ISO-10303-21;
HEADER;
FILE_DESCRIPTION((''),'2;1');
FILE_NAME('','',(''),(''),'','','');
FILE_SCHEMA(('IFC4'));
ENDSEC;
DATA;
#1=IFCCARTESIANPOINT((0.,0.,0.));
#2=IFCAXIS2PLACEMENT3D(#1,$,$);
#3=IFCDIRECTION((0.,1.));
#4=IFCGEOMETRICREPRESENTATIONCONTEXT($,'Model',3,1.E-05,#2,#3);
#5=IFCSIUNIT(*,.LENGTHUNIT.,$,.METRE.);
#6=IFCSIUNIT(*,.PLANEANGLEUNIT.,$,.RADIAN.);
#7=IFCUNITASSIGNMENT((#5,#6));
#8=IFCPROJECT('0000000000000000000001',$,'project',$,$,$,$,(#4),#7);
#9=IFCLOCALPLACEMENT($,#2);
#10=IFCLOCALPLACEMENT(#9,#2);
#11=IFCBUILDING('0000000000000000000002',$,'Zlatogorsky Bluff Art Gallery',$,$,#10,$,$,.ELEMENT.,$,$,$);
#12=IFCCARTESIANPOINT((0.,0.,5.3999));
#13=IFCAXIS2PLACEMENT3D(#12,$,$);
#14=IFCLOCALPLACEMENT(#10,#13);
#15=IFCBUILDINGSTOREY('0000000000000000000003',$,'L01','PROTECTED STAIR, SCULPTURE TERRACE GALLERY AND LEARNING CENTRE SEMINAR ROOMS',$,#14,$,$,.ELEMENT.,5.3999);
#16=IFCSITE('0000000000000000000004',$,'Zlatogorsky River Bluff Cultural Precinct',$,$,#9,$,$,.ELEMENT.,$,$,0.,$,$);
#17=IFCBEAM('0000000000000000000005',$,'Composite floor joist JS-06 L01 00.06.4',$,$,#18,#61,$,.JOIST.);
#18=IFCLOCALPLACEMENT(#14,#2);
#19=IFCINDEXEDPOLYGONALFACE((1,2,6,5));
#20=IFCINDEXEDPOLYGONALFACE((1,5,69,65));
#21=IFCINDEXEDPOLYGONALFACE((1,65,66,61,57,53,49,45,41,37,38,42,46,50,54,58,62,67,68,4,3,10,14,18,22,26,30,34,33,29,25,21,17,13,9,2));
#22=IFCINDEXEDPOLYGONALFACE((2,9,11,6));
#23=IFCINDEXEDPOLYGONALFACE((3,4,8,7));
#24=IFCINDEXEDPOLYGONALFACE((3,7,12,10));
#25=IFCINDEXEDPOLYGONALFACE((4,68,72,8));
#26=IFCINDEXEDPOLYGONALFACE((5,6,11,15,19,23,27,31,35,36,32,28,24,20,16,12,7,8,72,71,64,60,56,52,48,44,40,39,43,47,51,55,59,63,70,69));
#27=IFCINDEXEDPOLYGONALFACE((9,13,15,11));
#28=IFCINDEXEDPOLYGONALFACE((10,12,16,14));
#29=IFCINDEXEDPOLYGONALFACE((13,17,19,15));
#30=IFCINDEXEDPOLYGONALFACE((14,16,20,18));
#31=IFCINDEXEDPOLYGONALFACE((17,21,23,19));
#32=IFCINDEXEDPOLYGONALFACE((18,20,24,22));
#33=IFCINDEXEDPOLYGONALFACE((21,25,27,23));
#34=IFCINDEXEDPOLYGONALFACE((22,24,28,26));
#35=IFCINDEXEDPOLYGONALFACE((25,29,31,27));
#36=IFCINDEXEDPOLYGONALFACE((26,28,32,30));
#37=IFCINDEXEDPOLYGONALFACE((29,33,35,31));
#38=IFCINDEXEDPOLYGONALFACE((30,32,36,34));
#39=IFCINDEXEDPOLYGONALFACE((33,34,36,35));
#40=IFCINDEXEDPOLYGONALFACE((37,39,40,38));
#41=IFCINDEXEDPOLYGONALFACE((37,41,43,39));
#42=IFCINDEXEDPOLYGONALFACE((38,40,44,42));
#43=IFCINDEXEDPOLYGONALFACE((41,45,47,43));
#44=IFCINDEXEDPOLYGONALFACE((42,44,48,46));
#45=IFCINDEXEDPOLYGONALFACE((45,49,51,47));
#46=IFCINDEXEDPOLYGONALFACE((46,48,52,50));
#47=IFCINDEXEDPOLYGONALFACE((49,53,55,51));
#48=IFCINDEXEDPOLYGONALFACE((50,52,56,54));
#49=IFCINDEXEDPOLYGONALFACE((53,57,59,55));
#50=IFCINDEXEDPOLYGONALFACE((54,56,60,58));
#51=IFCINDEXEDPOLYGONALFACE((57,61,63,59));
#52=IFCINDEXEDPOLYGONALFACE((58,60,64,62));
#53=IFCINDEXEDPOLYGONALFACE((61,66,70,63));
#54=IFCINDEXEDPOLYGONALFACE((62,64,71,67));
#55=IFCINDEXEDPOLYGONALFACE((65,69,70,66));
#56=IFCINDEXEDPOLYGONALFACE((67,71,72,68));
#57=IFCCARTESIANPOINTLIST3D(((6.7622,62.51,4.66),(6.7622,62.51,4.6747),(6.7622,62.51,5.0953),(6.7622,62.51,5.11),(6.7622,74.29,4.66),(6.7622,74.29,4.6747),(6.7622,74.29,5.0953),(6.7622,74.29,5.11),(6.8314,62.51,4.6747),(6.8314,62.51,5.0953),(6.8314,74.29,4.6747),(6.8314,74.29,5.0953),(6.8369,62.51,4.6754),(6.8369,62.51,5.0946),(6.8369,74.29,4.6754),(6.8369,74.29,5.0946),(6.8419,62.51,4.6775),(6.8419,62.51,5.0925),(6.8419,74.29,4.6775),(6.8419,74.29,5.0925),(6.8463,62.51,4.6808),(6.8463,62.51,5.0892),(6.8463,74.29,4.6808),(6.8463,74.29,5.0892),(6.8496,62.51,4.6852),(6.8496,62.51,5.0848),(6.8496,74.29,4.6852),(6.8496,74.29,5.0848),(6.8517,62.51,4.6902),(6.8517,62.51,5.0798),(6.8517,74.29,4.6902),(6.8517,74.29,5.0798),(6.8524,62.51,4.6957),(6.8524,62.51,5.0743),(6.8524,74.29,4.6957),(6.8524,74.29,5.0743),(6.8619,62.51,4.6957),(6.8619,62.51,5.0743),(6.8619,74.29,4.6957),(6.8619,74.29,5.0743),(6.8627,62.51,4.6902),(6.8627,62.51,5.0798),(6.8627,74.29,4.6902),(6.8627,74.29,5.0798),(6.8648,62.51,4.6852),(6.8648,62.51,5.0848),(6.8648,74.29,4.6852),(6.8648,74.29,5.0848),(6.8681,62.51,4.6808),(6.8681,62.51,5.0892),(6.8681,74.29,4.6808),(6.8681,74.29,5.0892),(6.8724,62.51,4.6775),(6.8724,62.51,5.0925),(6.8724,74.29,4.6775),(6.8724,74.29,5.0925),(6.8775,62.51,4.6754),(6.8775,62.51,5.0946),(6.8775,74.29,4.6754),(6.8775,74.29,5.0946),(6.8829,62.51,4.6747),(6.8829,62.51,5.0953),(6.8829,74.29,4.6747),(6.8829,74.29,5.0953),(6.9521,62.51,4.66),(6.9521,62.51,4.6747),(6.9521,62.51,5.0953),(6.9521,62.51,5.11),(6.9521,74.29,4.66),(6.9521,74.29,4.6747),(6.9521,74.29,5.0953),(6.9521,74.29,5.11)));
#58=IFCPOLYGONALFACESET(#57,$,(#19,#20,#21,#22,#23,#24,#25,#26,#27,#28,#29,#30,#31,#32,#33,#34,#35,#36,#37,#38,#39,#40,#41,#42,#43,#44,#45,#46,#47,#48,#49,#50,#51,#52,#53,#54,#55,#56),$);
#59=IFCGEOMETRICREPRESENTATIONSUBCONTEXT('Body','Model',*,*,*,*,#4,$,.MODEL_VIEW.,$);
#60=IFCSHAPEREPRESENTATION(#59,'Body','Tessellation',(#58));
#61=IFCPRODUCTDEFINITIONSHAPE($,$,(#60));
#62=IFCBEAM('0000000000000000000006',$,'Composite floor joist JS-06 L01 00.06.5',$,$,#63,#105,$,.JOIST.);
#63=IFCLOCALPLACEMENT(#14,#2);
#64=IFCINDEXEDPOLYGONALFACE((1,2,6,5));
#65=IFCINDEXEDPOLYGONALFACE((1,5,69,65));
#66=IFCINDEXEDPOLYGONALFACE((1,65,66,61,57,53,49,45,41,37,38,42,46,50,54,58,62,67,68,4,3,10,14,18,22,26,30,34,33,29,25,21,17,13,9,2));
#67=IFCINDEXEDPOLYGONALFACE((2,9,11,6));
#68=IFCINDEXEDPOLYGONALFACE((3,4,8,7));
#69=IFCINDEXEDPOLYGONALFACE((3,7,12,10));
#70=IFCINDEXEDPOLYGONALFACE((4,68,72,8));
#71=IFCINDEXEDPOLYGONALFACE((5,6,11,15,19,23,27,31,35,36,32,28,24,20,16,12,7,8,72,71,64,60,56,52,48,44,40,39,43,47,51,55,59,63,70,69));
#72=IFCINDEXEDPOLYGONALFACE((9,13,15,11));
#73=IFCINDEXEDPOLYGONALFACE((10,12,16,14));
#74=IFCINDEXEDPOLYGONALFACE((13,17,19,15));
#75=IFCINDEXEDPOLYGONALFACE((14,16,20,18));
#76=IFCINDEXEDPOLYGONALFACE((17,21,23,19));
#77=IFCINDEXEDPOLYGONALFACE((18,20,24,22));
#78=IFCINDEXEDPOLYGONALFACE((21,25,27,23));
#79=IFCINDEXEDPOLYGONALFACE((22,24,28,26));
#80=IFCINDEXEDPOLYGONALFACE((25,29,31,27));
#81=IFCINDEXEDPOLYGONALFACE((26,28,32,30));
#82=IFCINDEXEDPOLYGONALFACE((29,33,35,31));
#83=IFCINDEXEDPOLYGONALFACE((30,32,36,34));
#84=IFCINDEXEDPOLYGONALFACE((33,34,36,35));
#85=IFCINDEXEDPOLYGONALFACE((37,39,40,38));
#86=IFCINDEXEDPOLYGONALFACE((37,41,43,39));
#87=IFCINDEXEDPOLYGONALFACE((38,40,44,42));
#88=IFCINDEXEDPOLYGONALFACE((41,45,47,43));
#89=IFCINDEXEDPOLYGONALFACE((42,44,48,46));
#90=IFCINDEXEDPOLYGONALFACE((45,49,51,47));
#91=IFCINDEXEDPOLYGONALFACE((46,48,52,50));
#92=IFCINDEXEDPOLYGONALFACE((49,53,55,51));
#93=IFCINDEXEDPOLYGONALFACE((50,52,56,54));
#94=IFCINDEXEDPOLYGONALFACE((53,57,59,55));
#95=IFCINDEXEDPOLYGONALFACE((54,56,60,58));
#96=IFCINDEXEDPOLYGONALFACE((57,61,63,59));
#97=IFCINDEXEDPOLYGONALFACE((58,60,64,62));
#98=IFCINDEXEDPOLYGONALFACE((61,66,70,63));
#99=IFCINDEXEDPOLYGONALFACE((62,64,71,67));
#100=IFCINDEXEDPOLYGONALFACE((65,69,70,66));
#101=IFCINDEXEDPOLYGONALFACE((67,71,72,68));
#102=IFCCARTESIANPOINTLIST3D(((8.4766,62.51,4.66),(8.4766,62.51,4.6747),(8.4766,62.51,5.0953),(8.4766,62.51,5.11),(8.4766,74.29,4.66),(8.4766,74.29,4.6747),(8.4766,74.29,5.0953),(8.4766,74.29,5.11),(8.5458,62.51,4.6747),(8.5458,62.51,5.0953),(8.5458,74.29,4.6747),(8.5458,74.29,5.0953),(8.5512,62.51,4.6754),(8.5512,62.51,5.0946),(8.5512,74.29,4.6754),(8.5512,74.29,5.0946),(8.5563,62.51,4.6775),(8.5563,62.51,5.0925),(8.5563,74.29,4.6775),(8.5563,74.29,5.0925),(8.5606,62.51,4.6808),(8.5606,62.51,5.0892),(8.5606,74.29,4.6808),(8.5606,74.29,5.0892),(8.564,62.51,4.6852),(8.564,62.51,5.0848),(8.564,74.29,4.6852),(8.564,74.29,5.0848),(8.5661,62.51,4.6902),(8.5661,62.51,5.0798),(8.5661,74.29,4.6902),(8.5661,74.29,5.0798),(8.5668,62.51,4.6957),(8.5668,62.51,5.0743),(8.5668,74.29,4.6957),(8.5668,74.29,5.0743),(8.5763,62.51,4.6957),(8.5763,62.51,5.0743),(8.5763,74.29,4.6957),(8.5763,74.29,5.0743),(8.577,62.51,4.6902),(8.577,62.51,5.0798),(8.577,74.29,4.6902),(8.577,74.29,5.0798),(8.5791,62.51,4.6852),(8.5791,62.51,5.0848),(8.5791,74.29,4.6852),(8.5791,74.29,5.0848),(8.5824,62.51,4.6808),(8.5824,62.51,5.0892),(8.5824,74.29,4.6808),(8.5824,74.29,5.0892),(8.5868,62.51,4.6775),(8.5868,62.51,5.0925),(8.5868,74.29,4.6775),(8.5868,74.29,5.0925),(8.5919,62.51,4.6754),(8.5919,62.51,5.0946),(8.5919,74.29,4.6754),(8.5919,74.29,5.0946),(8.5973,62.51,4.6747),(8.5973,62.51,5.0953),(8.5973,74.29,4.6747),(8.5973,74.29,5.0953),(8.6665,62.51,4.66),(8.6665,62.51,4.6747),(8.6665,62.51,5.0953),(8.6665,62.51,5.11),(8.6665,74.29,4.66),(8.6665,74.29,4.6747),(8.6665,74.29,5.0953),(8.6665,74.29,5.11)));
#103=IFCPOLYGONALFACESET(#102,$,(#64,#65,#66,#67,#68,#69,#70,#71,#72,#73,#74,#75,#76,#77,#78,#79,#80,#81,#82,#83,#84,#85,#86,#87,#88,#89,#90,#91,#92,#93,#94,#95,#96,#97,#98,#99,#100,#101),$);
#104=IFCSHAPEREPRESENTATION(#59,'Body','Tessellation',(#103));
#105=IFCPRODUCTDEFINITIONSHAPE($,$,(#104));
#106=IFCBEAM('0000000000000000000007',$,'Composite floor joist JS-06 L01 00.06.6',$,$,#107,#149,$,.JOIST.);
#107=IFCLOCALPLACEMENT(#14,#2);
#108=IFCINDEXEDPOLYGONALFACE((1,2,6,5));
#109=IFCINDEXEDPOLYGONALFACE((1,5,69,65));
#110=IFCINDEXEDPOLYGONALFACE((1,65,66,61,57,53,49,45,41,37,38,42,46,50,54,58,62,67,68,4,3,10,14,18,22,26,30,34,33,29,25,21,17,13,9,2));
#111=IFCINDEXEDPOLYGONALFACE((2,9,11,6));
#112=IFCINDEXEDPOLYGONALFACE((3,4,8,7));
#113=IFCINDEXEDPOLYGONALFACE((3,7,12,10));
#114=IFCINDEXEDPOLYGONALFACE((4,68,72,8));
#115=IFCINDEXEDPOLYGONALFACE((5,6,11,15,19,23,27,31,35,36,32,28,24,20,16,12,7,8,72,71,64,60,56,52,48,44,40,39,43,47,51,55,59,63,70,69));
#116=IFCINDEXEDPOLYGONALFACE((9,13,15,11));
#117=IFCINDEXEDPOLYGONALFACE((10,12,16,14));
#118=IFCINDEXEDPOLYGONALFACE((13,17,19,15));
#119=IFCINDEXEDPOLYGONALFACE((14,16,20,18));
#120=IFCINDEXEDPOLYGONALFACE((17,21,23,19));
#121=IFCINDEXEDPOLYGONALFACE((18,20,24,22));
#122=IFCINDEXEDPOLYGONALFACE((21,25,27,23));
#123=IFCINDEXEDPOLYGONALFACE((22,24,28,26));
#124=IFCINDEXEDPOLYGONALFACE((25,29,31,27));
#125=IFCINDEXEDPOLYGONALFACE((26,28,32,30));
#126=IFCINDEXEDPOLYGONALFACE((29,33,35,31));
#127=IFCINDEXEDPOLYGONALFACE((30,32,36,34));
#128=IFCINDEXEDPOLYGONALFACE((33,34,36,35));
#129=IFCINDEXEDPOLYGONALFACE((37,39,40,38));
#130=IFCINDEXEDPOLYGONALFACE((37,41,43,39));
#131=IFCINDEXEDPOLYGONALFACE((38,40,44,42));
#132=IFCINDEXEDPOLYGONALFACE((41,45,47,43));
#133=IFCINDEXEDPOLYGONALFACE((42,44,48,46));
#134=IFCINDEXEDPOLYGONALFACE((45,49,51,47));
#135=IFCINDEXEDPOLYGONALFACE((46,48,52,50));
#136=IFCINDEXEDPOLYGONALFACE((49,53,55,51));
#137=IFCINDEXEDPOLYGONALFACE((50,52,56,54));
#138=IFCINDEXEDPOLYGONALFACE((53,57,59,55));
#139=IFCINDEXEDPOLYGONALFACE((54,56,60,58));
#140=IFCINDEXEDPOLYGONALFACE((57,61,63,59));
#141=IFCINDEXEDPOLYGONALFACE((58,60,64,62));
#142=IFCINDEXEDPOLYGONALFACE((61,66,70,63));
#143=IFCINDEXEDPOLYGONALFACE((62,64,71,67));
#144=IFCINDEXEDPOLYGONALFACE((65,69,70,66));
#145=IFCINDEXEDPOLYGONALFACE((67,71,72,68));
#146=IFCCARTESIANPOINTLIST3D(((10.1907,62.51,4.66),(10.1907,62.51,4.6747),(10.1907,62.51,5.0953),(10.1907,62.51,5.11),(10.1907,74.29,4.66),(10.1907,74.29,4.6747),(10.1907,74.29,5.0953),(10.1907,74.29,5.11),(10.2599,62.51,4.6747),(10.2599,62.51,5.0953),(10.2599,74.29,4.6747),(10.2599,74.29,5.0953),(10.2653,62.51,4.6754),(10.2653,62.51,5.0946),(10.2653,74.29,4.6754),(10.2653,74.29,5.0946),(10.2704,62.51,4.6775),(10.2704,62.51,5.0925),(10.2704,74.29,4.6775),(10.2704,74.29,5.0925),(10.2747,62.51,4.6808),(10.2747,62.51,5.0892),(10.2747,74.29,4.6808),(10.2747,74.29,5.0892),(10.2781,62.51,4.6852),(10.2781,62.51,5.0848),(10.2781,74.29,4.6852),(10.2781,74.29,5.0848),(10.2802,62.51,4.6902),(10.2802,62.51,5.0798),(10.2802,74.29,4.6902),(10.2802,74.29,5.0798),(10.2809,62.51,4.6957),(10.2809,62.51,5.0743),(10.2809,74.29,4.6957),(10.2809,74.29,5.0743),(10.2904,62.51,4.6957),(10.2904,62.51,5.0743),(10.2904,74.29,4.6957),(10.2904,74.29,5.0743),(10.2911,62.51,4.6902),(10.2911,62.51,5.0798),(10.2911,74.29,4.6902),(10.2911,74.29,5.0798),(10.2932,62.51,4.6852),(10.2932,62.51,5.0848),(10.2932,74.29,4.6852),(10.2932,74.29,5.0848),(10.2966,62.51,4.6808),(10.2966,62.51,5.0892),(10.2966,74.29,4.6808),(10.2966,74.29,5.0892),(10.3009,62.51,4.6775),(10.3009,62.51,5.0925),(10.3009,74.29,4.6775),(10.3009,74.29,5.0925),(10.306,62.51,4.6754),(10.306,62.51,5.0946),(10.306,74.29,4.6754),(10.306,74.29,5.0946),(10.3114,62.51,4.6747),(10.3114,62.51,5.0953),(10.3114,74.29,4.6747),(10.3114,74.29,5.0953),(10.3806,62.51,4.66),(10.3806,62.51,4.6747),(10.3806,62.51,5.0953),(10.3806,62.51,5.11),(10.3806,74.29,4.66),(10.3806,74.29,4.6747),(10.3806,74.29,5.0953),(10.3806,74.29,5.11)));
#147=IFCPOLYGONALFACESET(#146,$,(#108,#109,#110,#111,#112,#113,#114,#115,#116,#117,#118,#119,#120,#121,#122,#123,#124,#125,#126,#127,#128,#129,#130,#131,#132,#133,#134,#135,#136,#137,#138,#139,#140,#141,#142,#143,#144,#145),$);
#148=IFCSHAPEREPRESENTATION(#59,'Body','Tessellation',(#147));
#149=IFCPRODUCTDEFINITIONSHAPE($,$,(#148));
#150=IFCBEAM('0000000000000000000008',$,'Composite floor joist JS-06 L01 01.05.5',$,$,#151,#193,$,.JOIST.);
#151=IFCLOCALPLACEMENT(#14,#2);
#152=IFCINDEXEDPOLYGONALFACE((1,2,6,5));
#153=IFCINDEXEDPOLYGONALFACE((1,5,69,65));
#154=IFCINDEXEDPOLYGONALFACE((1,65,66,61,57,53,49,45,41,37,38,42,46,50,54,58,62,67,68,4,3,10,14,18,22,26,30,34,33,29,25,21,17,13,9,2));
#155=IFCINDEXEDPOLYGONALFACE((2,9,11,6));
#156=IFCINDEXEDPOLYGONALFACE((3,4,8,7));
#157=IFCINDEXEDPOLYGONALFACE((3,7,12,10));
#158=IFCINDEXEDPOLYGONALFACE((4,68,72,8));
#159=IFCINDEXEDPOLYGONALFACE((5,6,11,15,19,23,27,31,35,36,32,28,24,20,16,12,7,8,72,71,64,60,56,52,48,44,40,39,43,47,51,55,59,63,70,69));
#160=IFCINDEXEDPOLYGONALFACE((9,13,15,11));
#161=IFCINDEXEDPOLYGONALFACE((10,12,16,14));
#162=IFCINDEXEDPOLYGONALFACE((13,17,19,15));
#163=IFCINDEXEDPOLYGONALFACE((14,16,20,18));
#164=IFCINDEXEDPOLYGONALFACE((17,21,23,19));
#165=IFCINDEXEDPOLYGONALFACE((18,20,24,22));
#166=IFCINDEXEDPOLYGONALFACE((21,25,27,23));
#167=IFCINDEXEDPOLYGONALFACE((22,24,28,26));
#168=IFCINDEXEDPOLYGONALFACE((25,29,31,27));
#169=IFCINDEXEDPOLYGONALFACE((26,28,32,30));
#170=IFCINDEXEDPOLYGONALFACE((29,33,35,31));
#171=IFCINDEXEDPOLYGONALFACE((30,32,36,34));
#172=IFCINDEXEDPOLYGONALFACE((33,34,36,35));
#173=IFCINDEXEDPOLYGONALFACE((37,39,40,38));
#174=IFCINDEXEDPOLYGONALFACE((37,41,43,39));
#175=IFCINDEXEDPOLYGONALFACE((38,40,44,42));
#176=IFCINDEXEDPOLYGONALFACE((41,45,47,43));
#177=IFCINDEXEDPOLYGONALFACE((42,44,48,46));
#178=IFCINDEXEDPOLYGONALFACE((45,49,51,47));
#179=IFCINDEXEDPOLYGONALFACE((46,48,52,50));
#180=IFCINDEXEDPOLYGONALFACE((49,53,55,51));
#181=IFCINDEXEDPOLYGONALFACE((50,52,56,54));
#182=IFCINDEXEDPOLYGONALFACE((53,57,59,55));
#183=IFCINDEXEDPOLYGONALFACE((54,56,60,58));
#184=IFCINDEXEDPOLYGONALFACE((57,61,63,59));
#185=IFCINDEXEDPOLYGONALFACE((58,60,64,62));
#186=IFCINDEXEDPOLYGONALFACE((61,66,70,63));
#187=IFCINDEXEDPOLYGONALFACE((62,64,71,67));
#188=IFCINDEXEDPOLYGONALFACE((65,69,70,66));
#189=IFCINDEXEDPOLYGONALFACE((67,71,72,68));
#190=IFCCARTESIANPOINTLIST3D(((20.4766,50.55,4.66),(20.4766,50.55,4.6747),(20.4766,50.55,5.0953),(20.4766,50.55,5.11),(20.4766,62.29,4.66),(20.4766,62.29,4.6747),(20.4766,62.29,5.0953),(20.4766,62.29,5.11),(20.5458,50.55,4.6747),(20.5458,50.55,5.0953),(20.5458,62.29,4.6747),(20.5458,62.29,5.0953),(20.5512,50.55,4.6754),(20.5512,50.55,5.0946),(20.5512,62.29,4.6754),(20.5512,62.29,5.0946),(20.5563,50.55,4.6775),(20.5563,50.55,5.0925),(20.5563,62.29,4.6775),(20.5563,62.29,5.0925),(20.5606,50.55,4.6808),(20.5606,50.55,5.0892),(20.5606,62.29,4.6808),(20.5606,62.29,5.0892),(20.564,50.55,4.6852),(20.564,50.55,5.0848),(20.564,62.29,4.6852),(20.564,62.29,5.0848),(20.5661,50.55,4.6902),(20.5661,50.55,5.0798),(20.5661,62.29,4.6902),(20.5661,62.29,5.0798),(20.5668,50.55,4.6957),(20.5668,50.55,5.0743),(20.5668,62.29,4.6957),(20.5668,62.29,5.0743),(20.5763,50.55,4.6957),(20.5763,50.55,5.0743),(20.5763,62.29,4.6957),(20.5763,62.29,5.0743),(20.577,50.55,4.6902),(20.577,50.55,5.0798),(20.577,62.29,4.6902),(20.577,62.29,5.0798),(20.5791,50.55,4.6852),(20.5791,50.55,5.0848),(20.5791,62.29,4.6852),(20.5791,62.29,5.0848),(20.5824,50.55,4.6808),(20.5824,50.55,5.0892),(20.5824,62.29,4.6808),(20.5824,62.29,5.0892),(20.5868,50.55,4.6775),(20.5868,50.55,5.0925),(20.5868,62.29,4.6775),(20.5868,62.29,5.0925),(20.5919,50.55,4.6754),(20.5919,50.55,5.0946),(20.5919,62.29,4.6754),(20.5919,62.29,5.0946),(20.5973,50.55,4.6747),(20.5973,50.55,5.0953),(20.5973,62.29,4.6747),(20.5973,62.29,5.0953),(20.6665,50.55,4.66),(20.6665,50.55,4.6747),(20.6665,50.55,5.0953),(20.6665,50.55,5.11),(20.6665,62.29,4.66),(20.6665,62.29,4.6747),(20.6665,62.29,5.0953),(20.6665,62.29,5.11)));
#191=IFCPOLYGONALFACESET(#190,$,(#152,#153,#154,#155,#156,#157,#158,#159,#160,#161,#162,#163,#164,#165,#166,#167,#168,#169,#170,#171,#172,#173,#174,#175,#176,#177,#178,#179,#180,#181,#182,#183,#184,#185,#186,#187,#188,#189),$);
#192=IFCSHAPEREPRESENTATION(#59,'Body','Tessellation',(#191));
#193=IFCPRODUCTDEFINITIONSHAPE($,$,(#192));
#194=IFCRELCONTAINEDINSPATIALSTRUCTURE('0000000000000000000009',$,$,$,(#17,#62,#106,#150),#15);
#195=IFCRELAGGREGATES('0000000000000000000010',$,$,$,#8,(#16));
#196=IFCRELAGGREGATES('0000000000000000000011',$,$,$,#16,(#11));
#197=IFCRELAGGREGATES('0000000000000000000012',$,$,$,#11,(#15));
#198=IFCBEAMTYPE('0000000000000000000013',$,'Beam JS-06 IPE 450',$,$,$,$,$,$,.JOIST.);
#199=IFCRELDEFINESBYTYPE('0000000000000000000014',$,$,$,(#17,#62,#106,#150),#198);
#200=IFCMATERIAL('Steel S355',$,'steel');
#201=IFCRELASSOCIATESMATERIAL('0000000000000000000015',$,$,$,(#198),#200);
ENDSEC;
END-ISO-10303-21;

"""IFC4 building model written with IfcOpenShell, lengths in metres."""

from ifc_helpers import new_model, si_unit, direction, frame, origin, origin_2d, place, context, subcontext, project, spatial, i_section, extrude, material, material_profile, profile_set, type_object, element, save


model = new_model("IFC4")

# Units and contexts
model_context = context("Model", 3, precision=1e-05, world=origin(), true_north=direction((0.0, 1.0)))
body_context = subcontext(model_context, "Body", "Model", "MODEL_VIEW")
ifc_project = project(units=[si_unit("LENGTHUNIT", "METRE"), si_unit("PLANEANGLEUNIT", "RADIAN")], contexts=[model_context])

# Site, building, storey
site_placement = place(None, origin())
site = spatial("IfcSite", under=ifc_project, at=site_placement, Name="Zlatogorsky River Bluff Cultural Precinct", CompositionType="ELEMENT", RefElevation=0.0)
building_placement = place(site_placement, origin())
building = spatial("IfcBuilding", under=site, at=building_placement, Name="Zlatogorsky Bluff Art Gallery", CompositionType="ELEMENT")
storey_placement = place(building_placement, frame((0.0, 0.0, 5.3999)))
storey = spatial("IfcBuildingStorey", under=building, at=storey_placement, Name="L01", Description="PROTECTED STAIR, SCULPTURE TERRACE GALLERY AND LEARNING CENTRE SEMINAR ROOMS", CompositionType="ELEMENT", Elevation=5.3999)

# Shared definitions
ifc_material_1 = material(Name="Steel S355", Category="steel")

# Beams
ifc_material_profile_1 = material_profile(ifc_material_1, i_section(OverallWidth=0.1899, OverallDepth=0.45, WebThickness=0.0095, FlangeThickness=0.0146, FilletRadius=0.021, at=origin_2d()), Name="IPE 450")
ifc_profile_set_1 = profile_set([ifc_material_profile_1], Name="Steel S355")
beam_type_1 = type_object("IfcBeamType", Name="Beam JS-06 IPE 450", PredefinedType="JOIST", material=ifc_profile_set_1)
for number, where, z_axis, x_axis, name in (
    (1, (6.8572, 62.51, 4.885), (0.0, 1.0, 0.0), (-1.0, 0.0, 0.0), "Composite floor joist JS-06 L01 00.06.4"),
    (2, (8.5715, 62.51, 4.885), (0.0, 1.0, 0.0), (-1.0, 0.0, 0.0), "Composite floor joist JS-06 L01 00.06.5"),
    (3, (10.2856, 62.51, 4.885), (0.0, 1.0, 0.0), (-1.0, 0.0, 0.0), "Composite floor joist JS-06 L01 00.06.6"),
):
    element("IfcBeam", number, at=place(storey_placement, frame(where, z_axis=z_axis, x_axis=x_axis)), inside=storey, type_object=beam_type_1, Name=name, PredefinedType="JOIST", context=body_context, shape_type="SweptSolid", body=[
        extrude(i_section(OverallWidth=0.1899, OverallDepth=0.45, WebThickness=0.0095, FlangeThickness=0.0146, FilletRadius=0.021, at=origin_2d()), origin(), (0.0, 0.0, 1.0), 11.78),
    ])
for number, where, z_axis, x_axis, name in (
    (4, (20.5715, 50.55, 4.885), (0.0, 1.0, 0.0), (-1.0, 0.0, 0.0), "Composite floor joist JS-06 L01 01.05.5"),
):
    element("IfcBeam", number, at=place(storey_placement, frame(where, z_axis=z_axis, x_axis=x_axis)), inside=storey, type_object=beam_type_1, Name=name, PredefinedType="JOIST", context=body_context, shape_type="SweptSolid", body=[
        extrude(i_section(OverallWidth=0.1899, OverallDepth=0.45, WebThickness=0.0095, FlangeThickness=0.0146, FilletRadius=0.021, at=origin_2d()), origin(), (0.0, 0.0, 1.0), 11.74),
    ])

save(model, "model.ifc")
